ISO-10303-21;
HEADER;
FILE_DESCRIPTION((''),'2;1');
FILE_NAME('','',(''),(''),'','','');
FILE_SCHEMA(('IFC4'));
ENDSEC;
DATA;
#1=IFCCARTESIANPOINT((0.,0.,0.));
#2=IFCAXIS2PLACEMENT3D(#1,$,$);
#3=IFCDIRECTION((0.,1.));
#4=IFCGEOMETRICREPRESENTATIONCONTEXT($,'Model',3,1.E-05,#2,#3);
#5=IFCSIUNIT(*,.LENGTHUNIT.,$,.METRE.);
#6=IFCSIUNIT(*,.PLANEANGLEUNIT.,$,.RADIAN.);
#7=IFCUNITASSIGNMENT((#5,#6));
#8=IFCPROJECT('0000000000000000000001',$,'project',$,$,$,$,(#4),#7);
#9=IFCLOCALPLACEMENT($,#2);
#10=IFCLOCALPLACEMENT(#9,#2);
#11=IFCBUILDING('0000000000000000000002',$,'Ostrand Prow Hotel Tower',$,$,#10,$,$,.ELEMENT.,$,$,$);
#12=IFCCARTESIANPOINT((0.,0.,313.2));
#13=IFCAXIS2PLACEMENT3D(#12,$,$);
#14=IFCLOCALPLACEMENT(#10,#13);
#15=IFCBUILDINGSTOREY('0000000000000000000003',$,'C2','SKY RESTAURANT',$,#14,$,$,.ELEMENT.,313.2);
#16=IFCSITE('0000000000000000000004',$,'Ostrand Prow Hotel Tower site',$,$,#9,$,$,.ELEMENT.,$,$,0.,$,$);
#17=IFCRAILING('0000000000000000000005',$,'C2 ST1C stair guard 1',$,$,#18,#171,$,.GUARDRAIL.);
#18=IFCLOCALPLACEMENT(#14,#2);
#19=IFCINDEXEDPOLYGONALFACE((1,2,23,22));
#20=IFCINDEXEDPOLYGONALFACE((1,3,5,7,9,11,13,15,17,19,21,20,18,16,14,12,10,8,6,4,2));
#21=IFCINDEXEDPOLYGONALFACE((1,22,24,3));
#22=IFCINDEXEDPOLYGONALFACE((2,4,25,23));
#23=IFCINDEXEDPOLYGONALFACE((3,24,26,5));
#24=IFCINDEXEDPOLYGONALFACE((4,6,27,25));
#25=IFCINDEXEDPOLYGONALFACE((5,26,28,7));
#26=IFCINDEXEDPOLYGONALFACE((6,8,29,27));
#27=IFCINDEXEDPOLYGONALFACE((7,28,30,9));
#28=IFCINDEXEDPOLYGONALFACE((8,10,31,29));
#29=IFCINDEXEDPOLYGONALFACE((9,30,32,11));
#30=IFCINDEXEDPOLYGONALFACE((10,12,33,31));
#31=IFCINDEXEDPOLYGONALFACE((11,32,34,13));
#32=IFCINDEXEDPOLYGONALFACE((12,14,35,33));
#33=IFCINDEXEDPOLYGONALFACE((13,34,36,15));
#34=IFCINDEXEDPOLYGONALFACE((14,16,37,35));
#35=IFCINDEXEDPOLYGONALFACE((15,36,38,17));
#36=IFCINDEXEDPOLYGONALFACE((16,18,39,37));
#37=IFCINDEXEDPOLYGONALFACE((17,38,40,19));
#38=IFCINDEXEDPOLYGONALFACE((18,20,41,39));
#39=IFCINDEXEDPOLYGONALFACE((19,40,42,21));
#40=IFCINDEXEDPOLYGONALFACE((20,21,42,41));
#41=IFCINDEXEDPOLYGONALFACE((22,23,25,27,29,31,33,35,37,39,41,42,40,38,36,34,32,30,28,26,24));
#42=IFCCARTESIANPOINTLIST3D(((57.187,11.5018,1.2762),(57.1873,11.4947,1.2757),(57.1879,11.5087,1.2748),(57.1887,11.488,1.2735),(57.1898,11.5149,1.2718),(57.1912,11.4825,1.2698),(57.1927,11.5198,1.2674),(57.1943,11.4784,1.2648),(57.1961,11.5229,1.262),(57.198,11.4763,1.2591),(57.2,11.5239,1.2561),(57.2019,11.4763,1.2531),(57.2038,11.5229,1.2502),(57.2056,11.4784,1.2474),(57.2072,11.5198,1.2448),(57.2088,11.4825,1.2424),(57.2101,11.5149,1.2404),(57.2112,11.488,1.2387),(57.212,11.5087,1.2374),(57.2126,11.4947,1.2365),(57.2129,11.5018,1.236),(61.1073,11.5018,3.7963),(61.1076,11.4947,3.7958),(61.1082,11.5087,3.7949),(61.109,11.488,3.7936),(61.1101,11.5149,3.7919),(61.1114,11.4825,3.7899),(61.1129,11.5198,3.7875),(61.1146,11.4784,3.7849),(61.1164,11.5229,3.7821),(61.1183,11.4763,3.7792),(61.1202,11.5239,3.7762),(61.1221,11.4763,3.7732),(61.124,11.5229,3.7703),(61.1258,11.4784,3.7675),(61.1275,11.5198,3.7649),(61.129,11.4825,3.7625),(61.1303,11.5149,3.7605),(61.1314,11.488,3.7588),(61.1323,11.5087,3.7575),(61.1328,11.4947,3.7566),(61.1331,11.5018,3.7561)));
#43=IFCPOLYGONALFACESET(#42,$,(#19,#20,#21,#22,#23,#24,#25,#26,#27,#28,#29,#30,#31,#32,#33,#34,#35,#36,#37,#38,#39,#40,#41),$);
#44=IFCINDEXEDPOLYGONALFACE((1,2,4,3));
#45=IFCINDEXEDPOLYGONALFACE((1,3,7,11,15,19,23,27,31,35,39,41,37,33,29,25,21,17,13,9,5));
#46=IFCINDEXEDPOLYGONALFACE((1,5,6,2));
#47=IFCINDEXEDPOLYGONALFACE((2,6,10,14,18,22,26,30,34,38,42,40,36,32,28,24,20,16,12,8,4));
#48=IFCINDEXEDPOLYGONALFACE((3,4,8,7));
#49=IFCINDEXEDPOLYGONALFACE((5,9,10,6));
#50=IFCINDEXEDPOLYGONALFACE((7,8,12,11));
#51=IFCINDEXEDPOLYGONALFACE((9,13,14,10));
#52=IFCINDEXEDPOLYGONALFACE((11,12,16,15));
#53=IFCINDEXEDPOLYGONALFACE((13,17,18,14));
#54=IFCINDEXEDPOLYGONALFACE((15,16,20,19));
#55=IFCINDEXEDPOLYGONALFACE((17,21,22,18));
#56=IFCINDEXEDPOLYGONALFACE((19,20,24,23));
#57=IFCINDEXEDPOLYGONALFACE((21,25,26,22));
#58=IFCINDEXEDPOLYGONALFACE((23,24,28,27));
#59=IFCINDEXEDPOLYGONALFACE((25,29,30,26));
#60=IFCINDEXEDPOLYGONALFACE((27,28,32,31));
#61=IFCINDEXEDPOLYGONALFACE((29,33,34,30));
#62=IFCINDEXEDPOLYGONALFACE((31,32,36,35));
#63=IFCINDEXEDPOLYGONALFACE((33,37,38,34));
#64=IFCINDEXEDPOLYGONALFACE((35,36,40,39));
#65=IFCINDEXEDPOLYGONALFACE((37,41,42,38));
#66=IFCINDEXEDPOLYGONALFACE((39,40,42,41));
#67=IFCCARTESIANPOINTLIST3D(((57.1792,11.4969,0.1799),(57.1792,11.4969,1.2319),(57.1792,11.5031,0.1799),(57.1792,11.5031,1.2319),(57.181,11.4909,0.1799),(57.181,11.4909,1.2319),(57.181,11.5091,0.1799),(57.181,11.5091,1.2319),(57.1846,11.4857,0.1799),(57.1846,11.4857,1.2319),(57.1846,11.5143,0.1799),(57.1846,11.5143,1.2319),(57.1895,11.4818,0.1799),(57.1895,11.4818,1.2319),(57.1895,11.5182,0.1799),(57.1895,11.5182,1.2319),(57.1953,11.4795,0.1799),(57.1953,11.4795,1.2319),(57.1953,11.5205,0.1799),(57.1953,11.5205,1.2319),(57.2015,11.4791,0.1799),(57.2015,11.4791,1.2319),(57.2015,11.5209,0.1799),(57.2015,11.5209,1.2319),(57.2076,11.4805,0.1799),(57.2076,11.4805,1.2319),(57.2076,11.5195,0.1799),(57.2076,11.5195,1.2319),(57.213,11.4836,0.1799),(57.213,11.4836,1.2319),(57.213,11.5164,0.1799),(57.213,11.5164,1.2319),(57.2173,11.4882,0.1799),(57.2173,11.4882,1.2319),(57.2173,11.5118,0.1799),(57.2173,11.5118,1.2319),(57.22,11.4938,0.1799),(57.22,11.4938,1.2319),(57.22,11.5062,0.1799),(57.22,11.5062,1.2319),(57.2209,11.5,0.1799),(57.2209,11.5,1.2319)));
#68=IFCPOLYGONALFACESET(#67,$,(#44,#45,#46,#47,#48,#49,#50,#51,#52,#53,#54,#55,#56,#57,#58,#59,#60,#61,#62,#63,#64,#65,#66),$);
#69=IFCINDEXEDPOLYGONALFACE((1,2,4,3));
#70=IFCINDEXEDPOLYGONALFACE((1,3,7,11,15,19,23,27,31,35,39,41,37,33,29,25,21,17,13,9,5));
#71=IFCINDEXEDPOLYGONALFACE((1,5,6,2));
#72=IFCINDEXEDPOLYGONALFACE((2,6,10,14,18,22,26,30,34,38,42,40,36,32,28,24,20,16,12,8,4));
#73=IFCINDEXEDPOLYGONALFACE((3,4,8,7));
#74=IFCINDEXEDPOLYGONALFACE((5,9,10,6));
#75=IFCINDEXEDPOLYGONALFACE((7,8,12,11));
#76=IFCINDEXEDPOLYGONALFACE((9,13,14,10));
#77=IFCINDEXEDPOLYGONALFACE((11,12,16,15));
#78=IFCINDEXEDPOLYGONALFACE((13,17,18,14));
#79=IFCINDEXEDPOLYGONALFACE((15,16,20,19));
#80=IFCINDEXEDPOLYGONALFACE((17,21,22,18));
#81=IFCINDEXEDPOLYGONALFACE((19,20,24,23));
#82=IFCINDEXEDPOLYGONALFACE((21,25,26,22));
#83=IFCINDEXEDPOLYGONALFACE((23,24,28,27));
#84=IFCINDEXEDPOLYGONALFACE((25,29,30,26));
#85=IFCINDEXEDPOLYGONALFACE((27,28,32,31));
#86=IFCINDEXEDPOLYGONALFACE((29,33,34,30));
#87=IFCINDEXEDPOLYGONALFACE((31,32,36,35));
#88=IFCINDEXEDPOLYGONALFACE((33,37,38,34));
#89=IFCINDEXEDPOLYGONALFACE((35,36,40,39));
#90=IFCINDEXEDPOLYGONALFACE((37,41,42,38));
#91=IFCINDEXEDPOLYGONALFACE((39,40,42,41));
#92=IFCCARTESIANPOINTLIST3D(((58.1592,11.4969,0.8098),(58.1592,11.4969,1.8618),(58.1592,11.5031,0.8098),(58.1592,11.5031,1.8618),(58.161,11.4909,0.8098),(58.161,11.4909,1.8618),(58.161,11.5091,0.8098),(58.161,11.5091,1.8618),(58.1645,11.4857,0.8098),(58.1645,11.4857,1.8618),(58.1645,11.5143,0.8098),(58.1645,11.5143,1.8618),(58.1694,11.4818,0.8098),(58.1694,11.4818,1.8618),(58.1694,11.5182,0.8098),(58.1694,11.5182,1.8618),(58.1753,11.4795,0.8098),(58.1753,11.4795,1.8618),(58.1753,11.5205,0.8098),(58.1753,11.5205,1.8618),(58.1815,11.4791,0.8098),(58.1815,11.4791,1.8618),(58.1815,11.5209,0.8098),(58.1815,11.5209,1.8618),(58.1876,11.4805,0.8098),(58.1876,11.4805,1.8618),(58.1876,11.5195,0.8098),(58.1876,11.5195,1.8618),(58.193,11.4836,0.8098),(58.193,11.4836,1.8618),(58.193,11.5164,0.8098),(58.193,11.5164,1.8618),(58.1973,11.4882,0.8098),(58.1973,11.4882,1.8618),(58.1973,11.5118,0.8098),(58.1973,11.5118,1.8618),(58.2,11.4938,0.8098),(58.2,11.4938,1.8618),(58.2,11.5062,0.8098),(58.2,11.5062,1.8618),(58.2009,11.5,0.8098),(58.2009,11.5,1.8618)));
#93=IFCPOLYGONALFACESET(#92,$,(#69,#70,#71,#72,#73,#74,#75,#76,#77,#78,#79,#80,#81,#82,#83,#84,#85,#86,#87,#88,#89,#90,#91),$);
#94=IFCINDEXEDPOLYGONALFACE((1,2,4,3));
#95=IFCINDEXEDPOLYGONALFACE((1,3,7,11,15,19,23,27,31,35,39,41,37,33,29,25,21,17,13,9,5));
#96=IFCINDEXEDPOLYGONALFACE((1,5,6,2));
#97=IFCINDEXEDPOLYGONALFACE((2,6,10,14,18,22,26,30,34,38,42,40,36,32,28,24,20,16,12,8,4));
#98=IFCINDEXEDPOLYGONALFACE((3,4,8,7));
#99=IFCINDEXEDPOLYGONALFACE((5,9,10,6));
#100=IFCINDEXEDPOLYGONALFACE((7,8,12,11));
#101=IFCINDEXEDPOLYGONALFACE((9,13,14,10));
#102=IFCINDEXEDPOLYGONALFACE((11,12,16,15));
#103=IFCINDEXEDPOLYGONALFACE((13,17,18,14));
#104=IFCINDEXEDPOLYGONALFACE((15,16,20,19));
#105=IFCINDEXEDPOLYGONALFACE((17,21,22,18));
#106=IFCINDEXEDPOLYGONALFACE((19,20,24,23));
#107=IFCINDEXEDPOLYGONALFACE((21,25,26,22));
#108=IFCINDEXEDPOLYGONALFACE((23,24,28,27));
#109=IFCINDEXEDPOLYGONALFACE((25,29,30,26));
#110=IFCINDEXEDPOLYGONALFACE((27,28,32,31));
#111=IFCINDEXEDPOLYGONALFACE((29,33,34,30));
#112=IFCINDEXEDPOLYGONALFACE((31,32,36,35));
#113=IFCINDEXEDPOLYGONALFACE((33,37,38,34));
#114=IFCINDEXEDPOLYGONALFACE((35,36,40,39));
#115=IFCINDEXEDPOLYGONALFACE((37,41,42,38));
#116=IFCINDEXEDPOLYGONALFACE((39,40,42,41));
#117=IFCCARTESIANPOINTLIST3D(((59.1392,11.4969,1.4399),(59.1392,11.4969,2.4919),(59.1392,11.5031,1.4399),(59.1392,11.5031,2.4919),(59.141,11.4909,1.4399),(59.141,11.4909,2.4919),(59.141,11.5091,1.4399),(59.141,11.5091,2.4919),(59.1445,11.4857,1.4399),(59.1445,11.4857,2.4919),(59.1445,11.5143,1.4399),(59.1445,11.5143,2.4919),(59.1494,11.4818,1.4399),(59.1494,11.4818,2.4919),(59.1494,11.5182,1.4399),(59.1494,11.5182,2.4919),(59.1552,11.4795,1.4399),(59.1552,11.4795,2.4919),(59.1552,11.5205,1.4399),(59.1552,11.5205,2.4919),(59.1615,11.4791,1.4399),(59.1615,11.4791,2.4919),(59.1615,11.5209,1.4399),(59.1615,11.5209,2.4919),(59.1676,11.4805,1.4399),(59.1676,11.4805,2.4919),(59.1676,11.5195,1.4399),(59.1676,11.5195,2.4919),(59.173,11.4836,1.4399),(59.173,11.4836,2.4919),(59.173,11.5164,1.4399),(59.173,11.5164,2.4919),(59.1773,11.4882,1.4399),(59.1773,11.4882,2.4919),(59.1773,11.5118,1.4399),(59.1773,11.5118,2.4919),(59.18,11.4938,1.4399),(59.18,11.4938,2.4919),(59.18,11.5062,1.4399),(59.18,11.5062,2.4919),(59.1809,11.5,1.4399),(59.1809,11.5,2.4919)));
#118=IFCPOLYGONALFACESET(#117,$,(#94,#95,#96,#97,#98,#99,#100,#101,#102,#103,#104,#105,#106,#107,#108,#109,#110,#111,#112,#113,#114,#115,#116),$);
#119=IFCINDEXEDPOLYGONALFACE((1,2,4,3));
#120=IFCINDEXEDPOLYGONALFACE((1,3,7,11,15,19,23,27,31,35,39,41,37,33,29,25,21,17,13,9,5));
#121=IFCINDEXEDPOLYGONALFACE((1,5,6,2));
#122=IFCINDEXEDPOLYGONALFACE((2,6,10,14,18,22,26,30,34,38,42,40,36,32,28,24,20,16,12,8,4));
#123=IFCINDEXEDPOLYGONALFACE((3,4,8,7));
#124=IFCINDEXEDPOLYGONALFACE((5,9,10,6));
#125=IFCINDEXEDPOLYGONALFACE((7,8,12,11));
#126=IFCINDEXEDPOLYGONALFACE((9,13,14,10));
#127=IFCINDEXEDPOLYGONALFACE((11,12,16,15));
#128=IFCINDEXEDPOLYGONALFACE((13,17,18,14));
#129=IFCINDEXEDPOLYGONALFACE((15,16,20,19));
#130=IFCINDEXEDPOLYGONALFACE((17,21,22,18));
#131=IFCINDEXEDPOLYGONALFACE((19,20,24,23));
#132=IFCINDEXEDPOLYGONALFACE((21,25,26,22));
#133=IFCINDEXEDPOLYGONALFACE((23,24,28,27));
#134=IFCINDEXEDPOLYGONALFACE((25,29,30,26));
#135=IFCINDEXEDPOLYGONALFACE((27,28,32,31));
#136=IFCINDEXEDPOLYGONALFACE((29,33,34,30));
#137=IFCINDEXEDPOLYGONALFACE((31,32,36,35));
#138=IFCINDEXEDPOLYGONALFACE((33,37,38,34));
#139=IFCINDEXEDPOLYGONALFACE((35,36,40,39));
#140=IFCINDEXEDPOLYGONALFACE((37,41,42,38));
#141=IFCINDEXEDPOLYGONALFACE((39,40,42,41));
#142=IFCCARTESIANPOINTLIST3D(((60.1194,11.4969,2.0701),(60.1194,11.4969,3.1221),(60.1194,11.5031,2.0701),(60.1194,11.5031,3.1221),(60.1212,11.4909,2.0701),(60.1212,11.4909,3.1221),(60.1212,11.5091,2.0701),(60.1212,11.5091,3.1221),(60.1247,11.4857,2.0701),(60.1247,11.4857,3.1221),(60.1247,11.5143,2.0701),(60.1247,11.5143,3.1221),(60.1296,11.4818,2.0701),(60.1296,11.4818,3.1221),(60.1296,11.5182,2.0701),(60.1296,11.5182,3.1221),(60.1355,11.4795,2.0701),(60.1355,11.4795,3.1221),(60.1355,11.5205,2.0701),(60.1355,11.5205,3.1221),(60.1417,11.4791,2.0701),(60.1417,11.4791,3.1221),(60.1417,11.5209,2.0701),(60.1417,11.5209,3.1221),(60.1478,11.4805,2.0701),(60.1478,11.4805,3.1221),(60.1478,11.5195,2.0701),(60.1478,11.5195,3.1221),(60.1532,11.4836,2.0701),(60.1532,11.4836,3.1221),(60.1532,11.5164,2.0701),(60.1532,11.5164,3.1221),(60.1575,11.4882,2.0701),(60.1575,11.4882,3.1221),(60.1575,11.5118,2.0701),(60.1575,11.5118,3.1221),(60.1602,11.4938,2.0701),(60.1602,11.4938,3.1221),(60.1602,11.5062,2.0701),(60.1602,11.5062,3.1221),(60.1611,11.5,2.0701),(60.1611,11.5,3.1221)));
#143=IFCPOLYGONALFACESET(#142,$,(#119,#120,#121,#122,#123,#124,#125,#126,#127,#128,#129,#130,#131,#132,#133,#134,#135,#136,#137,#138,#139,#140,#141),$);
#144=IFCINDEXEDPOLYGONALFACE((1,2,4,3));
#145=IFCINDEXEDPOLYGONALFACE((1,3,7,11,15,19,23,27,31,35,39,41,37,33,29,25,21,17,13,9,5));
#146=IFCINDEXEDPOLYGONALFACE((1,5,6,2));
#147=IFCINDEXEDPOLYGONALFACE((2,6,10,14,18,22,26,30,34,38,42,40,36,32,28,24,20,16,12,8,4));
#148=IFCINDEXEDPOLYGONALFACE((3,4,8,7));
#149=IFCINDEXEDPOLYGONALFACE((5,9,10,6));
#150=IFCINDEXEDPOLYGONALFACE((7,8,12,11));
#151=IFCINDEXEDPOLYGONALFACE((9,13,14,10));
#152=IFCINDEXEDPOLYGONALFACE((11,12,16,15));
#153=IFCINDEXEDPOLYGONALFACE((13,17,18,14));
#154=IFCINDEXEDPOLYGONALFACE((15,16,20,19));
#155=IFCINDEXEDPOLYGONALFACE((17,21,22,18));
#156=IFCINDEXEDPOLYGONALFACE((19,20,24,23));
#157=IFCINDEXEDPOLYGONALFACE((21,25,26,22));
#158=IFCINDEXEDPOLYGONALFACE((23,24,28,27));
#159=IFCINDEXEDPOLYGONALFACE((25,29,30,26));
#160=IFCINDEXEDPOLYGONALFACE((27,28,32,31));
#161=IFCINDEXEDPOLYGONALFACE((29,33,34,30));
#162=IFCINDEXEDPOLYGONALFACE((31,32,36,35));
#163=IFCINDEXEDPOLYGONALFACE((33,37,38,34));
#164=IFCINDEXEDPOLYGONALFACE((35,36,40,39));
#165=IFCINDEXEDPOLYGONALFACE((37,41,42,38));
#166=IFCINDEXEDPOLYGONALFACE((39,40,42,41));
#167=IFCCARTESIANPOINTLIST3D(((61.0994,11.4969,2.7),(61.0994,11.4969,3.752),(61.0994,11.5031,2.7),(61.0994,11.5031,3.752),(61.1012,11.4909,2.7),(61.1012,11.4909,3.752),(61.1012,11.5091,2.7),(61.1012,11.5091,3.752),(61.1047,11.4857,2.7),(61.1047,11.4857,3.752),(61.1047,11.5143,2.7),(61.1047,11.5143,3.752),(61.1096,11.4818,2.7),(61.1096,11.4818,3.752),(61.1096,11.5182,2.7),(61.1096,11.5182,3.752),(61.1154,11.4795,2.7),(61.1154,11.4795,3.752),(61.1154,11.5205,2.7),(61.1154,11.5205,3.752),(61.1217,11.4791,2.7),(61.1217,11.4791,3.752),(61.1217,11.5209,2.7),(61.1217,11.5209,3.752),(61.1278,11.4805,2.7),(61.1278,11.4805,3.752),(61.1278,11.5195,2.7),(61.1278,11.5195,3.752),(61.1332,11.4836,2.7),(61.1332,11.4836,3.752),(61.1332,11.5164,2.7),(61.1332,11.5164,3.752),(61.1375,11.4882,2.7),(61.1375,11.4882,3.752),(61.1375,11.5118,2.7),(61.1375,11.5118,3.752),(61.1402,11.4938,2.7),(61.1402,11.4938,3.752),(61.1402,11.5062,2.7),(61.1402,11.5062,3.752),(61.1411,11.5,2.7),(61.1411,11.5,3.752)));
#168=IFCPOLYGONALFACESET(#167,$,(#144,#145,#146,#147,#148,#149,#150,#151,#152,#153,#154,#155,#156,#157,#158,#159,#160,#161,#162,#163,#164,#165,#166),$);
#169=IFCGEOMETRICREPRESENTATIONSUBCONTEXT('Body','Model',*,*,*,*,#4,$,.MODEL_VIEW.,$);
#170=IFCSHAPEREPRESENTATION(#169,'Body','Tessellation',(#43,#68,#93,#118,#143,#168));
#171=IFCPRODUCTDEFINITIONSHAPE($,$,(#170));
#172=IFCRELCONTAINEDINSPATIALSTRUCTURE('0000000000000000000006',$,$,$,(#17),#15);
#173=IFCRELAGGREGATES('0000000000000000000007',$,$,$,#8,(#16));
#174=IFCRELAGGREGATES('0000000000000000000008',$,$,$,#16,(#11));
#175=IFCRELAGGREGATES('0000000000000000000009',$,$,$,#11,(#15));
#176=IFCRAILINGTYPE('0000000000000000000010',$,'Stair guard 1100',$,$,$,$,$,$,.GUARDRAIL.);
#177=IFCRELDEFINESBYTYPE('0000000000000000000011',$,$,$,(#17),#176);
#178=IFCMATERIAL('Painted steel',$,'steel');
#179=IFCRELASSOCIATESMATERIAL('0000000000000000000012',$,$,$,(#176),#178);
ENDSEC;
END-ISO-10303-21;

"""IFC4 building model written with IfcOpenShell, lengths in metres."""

from ifc_helpers import new_model, si_unit, direction, frame, origin, origin_2d, place, context, subcontext, project, spatial, circle, extrude, material, type_object, element, save


model = new_model("IFC4")

# Units and contexts
model_context = context("Model", 3, precision=1e-05, world=origin(), true_north=direction((0.0, 1.0)))
body_context = subcontext(model_context, "Body", "Model", "MODEL_VIEW")
ifc_project = project(units=[si_unit("LENGTHUNIT", "METRE"), si_unit("PLANEANGLEUNIT", "RADIAN")], contexts=[model_context])

# Site, building, storey
site_placement = place(None, origin())
site = spatial("IfcSite", under=ifc_project, at=site_placement, Name="Ostrand Prow Hotel Tower site", CompositionType="ELEMENT", RefElevation=0.0)
building_placement = place(site_placement, origin())
building = spatial("IfcBuilding", under=site, at=building_placement, Name="Ostrand Prow Hotel Tower", CompositionType="ELEMENT")
storey_placement = place(building_placement, frame((0.0, 0.0, 313.2)))
storey = spatial("IfcBuildingStorey", under=building, at=storey_placement, Name="C2", Description="SKY RESTAURANT", CompositionType="ELEMENT", Elevation=313.2)

# Railing
ifc_material_1 = material(Name="Painted steel", Category="steel")
railing_type_1 = type_object("IfcRailingType", Name="Stair guard 1100", PredefinedType="GUARDRAIL", material=ifc_material_1)
railing_1_placement = place(storey_placement, frame((57.2, 11.5, 0.1799)))
element("IfcRailing", 1, at=railing_1_placement, inside=storey, type_object=railing_type_1, Name="C2 ST1C stair guard 1", PredefinedType="GUARDRAIL", context=body_context, shape_type="SweptSolid", body=[
    extrude(circle(Radius=0.0239, at=origin_2d()), frame((0.0, 0.0, 1.0762), z_axis=(0.841187, 0.0, 0.540744), x_axis=(0.0, 1.0, 0.0)), (0.0, 0.0, 1.0), 4.6604),
    extrude(circle(Radius=0.021, at=origin_2d()), origin(), (0.0, 0.0, 1.0), 1.052),
    extrude(circle(Radius=0.021, at=origin_2d()), frame((0.98, 0.0, 0.6299)), (0.0, 0.0, 1.0), 1.052),
    extrude(circle(Radius=0.021, at=origin_2d()), frame((1.96, 0.0, 1.26)), (0.0, 0.0, 1.0), 1.052),
    extrude(circle(Radius=0.021, at=origin_2d()), frame((2.9402, 0.0, 1.8901)), (0.0, 0.0, 1.0), 1.052),
    extrude(circle(Radius=0.021, at=origin_2d()), frame((3.9202, 0.0, 2.52)), (0.0, 0.0, 1.0), 1.052),
])

save(model, "model.ifc")
